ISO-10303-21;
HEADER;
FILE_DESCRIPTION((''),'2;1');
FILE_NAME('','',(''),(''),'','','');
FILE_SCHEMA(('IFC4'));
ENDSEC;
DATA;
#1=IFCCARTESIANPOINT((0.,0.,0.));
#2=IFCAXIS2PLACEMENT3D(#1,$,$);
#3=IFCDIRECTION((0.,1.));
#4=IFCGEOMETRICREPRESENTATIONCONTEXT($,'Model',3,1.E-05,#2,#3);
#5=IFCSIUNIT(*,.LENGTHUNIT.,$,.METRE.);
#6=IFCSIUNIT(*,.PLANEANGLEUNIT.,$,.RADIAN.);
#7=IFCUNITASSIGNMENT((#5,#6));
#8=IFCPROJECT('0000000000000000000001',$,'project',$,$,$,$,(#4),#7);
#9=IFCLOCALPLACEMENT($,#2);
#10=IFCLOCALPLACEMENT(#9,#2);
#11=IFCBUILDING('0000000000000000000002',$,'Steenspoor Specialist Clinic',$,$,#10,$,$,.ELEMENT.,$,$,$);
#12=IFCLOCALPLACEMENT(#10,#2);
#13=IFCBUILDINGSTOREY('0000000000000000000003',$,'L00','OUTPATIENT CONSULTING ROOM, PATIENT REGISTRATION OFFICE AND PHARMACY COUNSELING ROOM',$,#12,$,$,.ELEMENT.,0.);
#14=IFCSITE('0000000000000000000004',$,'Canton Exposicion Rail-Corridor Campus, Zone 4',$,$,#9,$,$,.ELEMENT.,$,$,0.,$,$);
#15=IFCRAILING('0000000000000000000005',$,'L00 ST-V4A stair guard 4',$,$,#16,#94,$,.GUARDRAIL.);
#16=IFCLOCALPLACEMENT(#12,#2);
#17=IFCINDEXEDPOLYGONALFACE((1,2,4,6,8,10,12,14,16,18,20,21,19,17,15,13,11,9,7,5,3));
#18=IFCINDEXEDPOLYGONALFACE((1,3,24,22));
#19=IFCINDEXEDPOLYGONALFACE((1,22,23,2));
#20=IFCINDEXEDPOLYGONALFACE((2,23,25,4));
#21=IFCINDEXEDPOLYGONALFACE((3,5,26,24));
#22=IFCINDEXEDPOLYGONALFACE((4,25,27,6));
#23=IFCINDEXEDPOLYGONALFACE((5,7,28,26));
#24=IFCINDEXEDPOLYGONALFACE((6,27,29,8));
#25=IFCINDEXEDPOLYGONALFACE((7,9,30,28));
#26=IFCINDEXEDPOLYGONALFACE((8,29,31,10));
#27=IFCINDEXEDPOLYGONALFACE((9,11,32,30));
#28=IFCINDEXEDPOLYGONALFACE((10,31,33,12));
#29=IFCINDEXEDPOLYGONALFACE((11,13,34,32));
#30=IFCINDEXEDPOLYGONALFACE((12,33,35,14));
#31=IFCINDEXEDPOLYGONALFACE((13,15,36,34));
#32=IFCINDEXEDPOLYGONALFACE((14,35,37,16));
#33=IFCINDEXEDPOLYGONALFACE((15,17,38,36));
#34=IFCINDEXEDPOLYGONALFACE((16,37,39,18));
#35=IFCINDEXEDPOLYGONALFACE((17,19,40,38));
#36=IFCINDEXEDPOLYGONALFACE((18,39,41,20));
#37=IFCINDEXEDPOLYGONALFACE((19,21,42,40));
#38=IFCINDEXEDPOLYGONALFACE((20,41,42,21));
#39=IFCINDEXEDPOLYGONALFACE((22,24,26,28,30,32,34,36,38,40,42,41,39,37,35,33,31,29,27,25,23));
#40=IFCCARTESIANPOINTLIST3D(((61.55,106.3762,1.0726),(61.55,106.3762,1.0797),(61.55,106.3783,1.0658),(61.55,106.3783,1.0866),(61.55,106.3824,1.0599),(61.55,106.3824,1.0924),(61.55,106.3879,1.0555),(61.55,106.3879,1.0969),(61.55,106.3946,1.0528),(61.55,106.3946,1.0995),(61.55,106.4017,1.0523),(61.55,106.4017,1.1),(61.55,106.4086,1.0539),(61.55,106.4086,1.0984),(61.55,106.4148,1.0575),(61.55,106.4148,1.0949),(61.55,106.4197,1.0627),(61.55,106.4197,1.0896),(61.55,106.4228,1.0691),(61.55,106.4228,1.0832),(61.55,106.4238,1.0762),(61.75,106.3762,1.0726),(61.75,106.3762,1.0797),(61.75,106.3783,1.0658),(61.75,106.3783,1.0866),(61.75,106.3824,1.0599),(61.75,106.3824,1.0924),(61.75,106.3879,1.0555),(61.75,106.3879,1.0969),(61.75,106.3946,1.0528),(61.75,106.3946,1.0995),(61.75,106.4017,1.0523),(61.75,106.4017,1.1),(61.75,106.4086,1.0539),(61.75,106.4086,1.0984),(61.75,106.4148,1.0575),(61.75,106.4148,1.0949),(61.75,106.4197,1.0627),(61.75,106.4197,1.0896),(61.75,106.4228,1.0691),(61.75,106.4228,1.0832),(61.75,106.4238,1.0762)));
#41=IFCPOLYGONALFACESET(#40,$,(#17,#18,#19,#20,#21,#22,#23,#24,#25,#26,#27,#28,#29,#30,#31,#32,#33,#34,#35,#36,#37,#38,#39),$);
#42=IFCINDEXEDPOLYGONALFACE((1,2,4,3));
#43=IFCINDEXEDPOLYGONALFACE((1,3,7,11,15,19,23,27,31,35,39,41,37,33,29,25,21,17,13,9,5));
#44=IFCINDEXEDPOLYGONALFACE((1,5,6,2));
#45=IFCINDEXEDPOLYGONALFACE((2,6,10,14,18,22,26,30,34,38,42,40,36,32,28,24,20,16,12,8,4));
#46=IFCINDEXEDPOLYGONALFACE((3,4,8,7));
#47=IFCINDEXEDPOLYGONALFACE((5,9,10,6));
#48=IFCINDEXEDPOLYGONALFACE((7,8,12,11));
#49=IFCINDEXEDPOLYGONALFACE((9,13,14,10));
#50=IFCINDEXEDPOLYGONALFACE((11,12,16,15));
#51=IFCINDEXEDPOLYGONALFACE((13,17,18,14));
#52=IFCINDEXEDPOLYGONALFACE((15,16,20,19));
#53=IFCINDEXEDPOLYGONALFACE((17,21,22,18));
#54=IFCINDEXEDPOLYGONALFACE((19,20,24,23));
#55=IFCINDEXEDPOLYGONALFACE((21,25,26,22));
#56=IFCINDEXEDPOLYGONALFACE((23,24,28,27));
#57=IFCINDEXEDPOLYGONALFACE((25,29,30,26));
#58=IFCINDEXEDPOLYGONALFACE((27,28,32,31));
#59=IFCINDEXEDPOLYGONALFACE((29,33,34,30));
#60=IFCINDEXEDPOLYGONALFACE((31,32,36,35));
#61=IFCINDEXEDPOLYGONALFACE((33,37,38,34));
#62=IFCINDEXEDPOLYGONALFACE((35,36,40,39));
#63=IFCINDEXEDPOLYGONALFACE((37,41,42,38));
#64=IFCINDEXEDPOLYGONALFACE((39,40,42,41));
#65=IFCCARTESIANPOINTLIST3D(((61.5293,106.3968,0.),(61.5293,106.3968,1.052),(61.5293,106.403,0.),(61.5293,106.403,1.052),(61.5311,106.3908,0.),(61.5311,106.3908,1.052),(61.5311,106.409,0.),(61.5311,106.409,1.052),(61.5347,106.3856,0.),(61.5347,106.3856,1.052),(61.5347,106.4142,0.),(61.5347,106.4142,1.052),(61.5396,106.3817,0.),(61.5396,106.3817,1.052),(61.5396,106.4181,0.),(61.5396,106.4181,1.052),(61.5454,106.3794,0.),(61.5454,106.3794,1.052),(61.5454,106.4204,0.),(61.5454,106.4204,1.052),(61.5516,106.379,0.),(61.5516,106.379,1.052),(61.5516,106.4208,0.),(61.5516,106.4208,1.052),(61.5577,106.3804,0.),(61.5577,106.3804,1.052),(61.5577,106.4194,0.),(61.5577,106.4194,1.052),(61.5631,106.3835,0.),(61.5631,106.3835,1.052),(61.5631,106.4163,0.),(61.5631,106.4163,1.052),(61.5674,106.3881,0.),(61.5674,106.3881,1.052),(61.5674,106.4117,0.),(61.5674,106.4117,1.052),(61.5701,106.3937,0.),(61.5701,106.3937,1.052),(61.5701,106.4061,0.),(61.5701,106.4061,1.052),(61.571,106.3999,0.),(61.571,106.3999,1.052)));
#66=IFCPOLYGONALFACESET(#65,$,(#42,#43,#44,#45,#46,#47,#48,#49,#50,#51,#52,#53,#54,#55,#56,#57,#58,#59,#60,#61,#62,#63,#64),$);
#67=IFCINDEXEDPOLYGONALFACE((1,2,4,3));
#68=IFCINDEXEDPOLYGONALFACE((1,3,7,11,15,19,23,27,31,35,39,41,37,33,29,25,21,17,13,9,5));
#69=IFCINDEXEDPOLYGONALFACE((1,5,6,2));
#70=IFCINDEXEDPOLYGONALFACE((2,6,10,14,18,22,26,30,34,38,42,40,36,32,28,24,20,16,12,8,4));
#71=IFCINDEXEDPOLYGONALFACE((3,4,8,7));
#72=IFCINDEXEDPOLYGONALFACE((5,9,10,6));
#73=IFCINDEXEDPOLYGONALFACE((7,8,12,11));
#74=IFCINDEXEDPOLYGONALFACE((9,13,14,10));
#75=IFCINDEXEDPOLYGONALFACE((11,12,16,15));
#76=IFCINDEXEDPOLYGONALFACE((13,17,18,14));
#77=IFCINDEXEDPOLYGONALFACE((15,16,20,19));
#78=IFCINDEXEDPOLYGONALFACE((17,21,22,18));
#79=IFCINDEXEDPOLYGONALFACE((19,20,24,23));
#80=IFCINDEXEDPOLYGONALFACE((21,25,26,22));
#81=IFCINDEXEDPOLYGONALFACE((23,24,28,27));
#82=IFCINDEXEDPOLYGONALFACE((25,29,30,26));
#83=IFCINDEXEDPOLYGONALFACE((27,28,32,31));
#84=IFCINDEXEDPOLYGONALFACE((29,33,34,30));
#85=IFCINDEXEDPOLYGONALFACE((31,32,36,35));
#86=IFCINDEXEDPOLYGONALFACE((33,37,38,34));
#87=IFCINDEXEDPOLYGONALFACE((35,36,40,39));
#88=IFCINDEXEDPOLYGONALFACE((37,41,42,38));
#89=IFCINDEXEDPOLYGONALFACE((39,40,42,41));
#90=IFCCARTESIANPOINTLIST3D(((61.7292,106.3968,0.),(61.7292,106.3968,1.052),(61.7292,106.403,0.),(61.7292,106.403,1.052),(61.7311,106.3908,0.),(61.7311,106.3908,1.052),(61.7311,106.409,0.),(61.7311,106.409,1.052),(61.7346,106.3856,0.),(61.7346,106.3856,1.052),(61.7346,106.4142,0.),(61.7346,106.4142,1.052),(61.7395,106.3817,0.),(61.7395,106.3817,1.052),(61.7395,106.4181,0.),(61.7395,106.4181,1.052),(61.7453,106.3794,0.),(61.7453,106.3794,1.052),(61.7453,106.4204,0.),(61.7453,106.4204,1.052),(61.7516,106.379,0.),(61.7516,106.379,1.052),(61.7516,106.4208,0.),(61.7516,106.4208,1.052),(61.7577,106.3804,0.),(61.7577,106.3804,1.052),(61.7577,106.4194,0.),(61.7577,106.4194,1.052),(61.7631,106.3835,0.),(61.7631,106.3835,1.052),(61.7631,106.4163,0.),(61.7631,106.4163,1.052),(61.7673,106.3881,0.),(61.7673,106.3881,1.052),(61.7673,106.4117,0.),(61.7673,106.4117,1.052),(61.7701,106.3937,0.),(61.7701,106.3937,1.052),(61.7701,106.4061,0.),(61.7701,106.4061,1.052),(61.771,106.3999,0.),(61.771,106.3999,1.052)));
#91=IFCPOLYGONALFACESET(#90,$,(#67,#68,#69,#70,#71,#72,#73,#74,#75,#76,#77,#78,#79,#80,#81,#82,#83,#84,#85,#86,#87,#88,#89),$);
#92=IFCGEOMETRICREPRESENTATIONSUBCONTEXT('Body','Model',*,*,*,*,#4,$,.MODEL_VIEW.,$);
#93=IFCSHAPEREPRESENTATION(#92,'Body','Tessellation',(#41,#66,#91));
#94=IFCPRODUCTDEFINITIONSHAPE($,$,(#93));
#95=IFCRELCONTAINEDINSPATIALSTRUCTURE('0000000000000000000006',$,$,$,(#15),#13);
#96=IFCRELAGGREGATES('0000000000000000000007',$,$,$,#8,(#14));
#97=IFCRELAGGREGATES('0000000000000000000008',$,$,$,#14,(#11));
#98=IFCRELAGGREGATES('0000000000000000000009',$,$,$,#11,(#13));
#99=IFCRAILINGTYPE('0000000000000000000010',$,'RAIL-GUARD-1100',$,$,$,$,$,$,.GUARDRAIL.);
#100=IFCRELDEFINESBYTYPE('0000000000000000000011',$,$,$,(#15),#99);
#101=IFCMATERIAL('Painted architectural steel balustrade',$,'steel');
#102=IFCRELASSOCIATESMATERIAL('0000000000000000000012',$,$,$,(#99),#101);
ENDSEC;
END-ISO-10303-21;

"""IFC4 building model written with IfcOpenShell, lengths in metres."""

from ifc_helpers import new_model, si_unit, direction, frame, origin, origin_2d, place, context, subcontext, project, spatial, circle, extrude, material, type_object, element, save


model = new_model("IFC4")

# Units and contexts
model_context = context("Model", 3, precision=1e-05, world=origin(), true_north=direction((0.0, 1.0)))
body_context = subcontext(model_context, "Body", "Model", "MODEL_VIEW")
ifc_project = project(units=[si_unit("LENGTHUNIT", "METRE"), si_unit("PLANEANGLEUNIT", "RADIAN")], contexts=[model_context])

# Site, building, storey
site_placement = place(None, origin())
site = spatial("IfcSite", under=ifc_project, at=site_placement, Name="Canton Exposicion Rail-Corridor Campus, Zone 4", CompositionType="ELEMENT", RefElevation=0.0)
building_placement = place(site_placement, origin())
building = spatial("IfcBuilding", under=site, at=building_placement, Name="Steenspoor Specialist Clinic", CompositionType="ELEMENT")
storey_placement = place(building_placement, origin())
storey = spatial("IfcBuildingStorey", under=building, at=storey_placement, Name="L00", Description="OUTPATIENT CONSULTING ROOM, PATIENT REGISTRATION OFFICE AND PHARMACY COUNSELING ROOM", CompositionType="ELEMENT", Elevation=0.0)

# Railing
ifc_material_1 = material(Name="Painted architectural steel balustrade", Category="steel")
railing_type_1 = type_object("IfcRailingType", Name="RAIL-GUARD-1100", PredefinedType="GUARDRAIL", material=ifc_material_1)
railing_1_placement = place(storey_placement, frame((61.55, 106.3999, 0.0)))
element("IfcRailing", 1, at=railing_1_placement, inside=storey, type_object=railing_type_1, Name="L00 ST-V4A stair guard 4", PredefinedType="GUARDRAIL", context=body_context, shape_type="SweptSolid", body=[
    extrude(circle(Radius=0.0239, at=origin_2d()), frame((0.0, 0.0, 1.0762), z_axis=(1.0, 0.0, 0.0), x_axis=(0.0, 1.0, 0.0)), (0.0, 0.0, 1.0), 0.2),
    extrude(circle(Radius=0.021, at=origin_2d()), origin(), (0.0, 0.0, 1.0), 1.052),
    extrude(circle(Radius=0.021, at=origin_2d()), frame((0.2, 0.0, 0.0)), (0.0, 0.0, 1.0), 1.052),
])

save(model, "model.ifc")
